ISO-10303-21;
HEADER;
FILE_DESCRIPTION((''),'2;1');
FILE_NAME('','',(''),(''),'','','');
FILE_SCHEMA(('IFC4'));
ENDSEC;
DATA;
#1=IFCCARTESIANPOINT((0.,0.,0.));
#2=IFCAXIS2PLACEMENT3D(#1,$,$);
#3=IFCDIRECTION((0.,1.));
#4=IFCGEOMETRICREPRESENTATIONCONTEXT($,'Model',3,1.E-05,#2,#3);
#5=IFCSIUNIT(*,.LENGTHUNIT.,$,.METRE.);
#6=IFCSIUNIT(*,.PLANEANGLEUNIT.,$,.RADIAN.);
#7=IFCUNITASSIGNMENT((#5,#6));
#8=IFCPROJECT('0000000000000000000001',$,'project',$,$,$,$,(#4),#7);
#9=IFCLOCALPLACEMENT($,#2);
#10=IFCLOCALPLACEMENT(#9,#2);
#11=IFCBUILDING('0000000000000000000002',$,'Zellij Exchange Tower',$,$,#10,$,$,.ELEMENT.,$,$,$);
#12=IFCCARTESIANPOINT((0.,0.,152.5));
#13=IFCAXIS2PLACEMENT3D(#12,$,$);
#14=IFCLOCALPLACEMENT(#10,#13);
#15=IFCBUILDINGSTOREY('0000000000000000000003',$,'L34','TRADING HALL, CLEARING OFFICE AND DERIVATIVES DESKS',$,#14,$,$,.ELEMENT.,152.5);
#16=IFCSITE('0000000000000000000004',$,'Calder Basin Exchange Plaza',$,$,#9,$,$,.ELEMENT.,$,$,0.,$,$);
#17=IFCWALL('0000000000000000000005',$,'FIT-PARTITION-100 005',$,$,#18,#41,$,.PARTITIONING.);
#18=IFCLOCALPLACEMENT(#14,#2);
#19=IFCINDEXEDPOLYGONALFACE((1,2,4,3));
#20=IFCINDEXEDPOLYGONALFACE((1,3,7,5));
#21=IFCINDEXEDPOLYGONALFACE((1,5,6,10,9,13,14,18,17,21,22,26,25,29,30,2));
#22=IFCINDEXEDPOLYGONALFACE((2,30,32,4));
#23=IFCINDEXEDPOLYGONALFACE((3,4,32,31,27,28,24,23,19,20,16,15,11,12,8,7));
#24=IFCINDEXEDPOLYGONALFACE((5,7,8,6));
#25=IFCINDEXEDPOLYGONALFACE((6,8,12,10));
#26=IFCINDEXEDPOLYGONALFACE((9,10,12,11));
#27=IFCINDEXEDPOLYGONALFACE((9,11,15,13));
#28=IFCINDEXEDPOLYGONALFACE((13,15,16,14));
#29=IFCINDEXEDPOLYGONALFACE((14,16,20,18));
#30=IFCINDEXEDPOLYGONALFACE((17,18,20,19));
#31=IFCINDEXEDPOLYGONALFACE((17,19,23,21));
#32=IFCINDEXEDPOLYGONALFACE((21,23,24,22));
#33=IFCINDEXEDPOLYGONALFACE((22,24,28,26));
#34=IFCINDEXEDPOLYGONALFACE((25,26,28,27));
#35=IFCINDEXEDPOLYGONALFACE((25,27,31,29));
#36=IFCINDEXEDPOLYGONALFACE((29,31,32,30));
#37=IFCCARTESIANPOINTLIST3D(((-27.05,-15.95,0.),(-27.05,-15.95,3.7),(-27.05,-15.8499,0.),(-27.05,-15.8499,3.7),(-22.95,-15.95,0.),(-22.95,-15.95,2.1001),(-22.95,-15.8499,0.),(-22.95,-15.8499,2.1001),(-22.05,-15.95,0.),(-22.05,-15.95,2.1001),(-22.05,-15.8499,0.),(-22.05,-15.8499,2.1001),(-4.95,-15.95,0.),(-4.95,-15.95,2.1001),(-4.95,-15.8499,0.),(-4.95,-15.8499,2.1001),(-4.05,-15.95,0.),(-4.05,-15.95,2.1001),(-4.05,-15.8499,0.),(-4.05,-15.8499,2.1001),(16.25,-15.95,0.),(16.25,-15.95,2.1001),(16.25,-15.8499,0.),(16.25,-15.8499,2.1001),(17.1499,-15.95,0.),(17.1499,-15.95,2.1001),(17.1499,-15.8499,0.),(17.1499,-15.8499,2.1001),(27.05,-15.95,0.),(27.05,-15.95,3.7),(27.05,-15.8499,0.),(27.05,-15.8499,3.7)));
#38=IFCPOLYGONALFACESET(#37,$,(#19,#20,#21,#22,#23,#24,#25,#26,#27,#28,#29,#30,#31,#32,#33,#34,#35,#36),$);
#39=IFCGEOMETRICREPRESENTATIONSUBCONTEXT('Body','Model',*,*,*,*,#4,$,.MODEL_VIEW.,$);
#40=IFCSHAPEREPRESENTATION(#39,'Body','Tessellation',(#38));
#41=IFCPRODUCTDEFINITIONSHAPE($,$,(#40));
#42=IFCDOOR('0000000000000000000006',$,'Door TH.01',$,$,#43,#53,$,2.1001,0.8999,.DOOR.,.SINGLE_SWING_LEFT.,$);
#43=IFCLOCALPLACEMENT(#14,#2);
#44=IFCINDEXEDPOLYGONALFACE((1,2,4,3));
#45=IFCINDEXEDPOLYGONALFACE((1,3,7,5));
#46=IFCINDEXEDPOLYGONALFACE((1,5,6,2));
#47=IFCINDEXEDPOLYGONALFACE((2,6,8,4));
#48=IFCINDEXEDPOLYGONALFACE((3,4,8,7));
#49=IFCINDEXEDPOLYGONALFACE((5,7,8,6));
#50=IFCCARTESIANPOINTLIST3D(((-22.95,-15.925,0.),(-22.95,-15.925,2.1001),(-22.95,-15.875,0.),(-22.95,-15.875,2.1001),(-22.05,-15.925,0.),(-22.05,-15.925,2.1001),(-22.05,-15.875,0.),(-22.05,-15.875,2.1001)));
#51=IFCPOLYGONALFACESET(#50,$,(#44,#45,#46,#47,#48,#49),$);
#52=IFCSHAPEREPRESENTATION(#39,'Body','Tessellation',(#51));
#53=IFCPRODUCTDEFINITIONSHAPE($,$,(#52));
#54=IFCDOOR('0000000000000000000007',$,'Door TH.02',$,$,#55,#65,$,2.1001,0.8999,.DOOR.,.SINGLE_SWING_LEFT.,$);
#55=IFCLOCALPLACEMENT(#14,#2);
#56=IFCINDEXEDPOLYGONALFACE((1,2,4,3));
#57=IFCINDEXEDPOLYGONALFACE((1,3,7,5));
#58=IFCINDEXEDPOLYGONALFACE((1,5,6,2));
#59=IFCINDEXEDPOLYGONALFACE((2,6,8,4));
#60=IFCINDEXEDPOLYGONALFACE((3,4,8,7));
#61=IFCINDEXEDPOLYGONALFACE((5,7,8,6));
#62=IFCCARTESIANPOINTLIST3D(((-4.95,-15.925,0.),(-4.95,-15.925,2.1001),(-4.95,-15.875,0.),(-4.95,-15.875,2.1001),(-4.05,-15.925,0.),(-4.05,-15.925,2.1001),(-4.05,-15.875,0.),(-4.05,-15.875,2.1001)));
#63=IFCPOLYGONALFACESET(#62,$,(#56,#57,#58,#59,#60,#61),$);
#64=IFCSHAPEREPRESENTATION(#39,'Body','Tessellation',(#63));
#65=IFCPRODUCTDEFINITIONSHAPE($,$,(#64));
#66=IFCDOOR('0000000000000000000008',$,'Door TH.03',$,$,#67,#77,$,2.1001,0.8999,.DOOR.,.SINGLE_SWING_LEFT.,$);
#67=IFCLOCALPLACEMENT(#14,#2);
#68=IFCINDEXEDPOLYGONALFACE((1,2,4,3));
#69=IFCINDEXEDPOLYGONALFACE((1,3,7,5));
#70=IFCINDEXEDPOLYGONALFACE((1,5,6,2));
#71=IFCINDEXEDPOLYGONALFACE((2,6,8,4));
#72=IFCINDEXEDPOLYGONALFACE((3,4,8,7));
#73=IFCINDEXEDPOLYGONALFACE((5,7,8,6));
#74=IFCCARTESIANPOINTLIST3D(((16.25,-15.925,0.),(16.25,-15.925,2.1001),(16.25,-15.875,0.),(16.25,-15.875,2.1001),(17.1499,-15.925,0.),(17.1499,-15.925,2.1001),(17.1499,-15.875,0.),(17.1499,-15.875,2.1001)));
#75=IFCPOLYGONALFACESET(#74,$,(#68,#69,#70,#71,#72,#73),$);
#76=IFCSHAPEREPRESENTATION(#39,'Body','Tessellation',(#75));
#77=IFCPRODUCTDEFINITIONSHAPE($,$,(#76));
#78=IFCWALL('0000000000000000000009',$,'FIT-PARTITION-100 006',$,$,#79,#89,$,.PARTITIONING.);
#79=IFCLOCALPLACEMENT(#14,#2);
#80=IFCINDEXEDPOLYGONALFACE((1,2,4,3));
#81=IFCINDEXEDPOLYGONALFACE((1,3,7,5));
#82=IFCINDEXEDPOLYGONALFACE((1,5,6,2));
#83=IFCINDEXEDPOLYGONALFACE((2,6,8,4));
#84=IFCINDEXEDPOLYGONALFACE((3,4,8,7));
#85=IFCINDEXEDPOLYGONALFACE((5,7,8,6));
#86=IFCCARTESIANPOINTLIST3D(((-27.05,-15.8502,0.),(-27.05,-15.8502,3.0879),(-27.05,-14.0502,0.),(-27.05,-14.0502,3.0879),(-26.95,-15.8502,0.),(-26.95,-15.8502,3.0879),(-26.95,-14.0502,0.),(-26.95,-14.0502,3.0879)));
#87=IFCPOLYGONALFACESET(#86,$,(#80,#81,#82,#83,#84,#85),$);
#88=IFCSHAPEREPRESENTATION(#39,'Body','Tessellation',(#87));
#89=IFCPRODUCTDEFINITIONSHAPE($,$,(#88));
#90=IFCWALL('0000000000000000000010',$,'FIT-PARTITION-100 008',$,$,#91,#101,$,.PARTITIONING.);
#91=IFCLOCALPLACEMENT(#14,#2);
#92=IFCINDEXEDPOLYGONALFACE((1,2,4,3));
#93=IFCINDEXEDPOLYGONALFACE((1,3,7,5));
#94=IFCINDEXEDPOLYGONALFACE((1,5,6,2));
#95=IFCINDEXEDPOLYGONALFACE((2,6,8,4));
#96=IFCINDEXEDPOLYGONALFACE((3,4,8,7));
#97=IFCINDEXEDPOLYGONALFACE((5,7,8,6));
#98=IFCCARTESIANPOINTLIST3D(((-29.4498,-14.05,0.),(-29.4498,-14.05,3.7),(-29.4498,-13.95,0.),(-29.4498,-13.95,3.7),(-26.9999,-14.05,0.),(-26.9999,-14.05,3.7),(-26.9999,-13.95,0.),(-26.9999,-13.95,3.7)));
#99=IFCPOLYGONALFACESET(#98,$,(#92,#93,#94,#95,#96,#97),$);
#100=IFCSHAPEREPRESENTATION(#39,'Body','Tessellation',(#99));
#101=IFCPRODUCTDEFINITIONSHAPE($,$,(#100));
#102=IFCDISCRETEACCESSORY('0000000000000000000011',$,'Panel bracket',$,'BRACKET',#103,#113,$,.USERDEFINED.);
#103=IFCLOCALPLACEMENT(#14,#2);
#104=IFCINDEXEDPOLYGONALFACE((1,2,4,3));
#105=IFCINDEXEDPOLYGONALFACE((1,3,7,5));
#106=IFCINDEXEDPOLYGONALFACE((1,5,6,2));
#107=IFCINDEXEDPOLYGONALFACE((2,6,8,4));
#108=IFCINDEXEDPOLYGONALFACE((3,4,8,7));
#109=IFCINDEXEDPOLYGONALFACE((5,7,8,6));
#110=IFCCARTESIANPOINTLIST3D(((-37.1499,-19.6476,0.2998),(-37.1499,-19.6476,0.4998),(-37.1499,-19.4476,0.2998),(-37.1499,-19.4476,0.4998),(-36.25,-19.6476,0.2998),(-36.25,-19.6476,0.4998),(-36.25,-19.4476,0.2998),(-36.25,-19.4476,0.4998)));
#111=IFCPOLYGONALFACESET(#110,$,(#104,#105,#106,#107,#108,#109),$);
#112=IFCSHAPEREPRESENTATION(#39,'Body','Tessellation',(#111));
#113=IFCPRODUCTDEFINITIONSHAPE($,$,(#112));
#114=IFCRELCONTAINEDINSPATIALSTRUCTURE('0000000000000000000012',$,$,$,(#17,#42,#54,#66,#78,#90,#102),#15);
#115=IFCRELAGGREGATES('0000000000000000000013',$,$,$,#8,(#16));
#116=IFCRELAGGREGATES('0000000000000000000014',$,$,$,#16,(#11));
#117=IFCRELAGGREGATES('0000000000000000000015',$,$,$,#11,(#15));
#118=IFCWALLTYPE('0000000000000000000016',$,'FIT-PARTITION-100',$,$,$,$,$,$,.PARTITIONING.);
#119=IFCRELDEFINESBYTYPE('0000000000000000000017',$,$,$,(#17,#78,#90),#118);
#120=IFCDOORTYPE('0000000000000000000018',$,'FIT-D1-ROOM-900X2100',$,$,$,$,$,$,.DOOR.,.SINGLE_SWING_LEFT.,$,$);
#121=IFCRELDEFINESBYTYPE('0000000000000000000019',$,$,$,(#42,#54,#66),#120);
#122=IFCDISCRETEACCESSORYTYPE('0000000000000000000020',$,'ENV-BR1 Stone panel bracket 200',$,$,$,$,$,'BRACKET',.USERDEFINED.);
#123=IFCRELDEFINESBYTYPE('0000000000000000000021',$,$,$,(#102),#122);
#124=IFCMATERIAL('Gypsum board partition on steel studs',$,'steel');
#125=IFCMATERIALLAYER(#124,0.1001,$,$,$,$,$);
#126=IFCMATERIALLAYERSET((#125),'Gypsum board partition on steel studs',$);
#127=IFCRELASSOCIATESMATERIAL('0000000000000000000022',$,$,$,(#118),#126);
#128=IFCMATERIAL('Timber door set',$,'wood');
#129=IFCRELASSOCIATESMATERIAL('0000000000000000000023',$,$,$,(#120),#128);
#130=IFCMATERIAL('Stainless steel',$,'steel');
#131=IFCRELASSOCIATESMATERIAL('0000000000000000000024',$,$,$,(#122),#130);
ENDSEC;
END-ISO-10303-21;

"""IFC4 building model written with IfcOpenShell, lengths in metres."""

from ifc_helpers import new_model, si_unit, direction, frame, frame_2d, origin, origin_2d, place, context, subcontext, project, spatial, rectangle, extrude, material, layer, layer_set, type_object, element, fill, save


model = new_model("IFC4")

# Units and contexts
model_context = context("Model", 3, precision=1e-05, world=origin(), true_north=direction((0.0, 1.0)))
body_context = subcontext(model_context, "Body", "Model", "MODEL_VIEW")
ifc_project = project(units=[si_unit("LENGTHUNIT", "METRE"), si_unit("PLANEANGLEUNIT", "RADIAN")], contexts=[model_context])

# Site, building, storey
site_placement = place(None, origin())
site = spatial("IfcSite", under=ifc_project, at=site_placement, Name="Calder Basin Exchange Plaza", CompositionType="ELEMENT", RefElevation=0.0)
building_placement = place(site_placement, origin())
building = spatial("IfcBuilding", under=site, at=building_placement, Name="Zellij Exchange Tower", CompositionType="ELEMENT")
storey_placement = place(building_placement, frame((0.0, 0.0, 152.5)))
storey = spatial("IfcBuildingStorey", under=building, at=storey_placement, Name="L34", Description="TRADING HALL, CLEARING OFFICE AND DERIVATIVES DESKS", CompositionType="ELEMENT", Elevation=152.5)

# Wall, openings, doors
ifc_material_1 = material(Name="Gypsum board partition on steel studs", Category="steel")
ifc_layer_1 = layer(ifc_material_1, 0.1001)
ifc_layer_set_1 = layer_set([ifc_layer_1], Name="Gypsum board partition on steel studs")
wall_type_1 = type_object("IfcWallType", Name="FIT-PARTITION-100", PredefinedType="PARTITIONING", material=ifc_layer_set_1)
wall_1_placement = place(storey_placement, frame((-27.05, -15.8999, 0.0), z_axis=(0.0, 0.0, 1.0), x_axis=(1.0, 0.0, 0.0)))
wall_1 = element("IfcWall", 1, at=wall_1_placement, inside=storey, type_object=wall_type_1, Name="FIT-PARTITION-100 005", PredefinedType="PARTITIONING", context=body_context, shape_type="SweptSolid", body=[
    extrude(rectangle(XDim=54.1001, YDim=0.1001, at=frame_2d((27.05, 0.0))), origin(), (0.0, 0.0, 1.0), 3.7),
])
opening_1_placement = place(wall_1_placement, frame((4.1001, 0.0, 0.0)))
opening_1 = element("IfcOpeningElement", 2, at=opening_1_placement, cuts=wall_1, PredefinedType="OPENING", context=body_context, shape_type="SweptSolid", body=[
    extrude(rectangle(XDim=0.8999, YDim=2.1001, at=frame_2d((0.45, 1.05))), frame((0.0, 0.062, 0.0), z_axis=(0.0, -1.0, 0.0), x_axis=(1.0, 0.0, 0.0)), (0.0, 0.0, 1.0), 0.124),
])
opening_2_placement = place(wall_1_placement, frame((22.1001, 0.0, 0.0)))
opening_2 = element("IfcOpeningElement", 3, at=opening_2_placement, cuts=wall_1, PredefinedType="OPENING", context=body_context, shape_type="SweptSolid", body=[
    extrude(rectangle(XDim=0.8999, YDim=2.1001, at=frame_2d((0.45, 1.05))), frame((0.0, 0.062, 0.0), z_axis=(0.0, -1.0, 0.0), x_axis=(1.0, 0.0, 0.0)), (0.0, 0.0, 1.0), 0.124),
])
opening_3_placement = place(wall_1_placement, frame((43.3, 0.0, 0.0)))
opening_3 = element("IfcOpeningElement", 4, at=opening_3_placement, cuts=wall_1, PredefinedType="OPENING", context=body_context, shape_type="SweptSolid", body=[
    extrude(rectangle(XDim=0.8999, YDim=2.1001, at=frame_2d((0.45, 1.05))), frame((0.0, 0.062, 0.0), z_axis=(0.0, -1.0, 0.0), x_axis=(1.0, 0.0, 0.0)), (0.0, 0.0, 1.0), 0.124),
])
ifc_material_2 = material(Name="Timber door set", Category="wood")
door_type = type_object("IfcDoorType", Name="FIT-D1-ROOM-900X2100", OperationType="SINGLE_SWING_LEFT", PredefinedType="DOOR", material=ifc_material_2)
door_1_placement = place(opening_1_placement, origin())
door_1 = element("IfcDoor", 5, at=door_1_placement, inside=storey, type_object=door_type, Name="Door TH.01", OperationType="SINGLE_SWING_LEFT", OverallHeight=2.1001, OverallWidth=0.8999, PredefinedType="DOOR", context=body_context, shape_type="SweptSolid", body=[
    extrude(rectangle(XDim=0.8999, YDim=2.1001, at=frame_2d((0.45, 1.05))), frame((0.0, 0.0249, 0.0), z_axis=(0.0, -1.0, 0.0), x_axis=(1.0, 0.0, 0.0)), (0.0, 0.0, 1.0), 0.05),
])
fill(opening_1, door_1)
door_2_placement = place(opening_2_placement, origin())
door_2 = element("IfcDoor", 6, at=door_2_placement, inside=storey, type_object=door_type, Name="Door TH.02", OperationType="SINGLE_SWING_LEFT", OverallHeight=2.1001, OverallWidth=0.8999, PredefinedType="DOOR", context=body_context, shape_type="SweptSolid", body=[
    extrude(rectangle(XDim=0.8999, YDim=2.1001, at=frame_2d((0.45, 1.05))), frame((0.0, 0.0249, 0.0), z_axis=(0.0, -1.0, 0.0), x_axis=(1.0, 0.0, 0.0)), (0.0, 0.0, 1.0), 0.05),
])
fill(opening_2, door_2)
door_3_placement = place(opening_3_placement, origin())
door_3 = element("IfcDoor", 7, at=door_3_placement, inside=storey, type_object=door_type, Name="Door TH.03", OperationType="SINGLE_SWING_LEFT", OverallHeight=2.1001, OverallWidth=0.8999, PredefinedType="DOOR", context=body_context, shape_type="SweptSolid", body=[
    extrude(rectangle(XDim=0.8999, YDim=2.1001, at=frame_2d((0.45, 1.05))), frame((0.0, 0.0249, 0.0), z_axis=(0.0, -1.0, 0.0), x_axis=(1.0, 0.0, 0.0)), (0.0, 0.0, 1.0), 0.05),
])
fill(opening_3, door_3)

# Walls
wall_2_placement = place(storey_placement, frame((-27.0, -15.8501, 0.0), z_axis=(0.0, 0.0, 1.0), x_axis=(0.0, 1.0, 0.0)))
element("IfcWall", 8, at=wall_2_placement, inside=storey, type_object=wall_type_1, Name="FIT-PARTITION-100 006", PredefinedType="PARTITIONING", context=body_context, shape_type="SweptSolid", body=[
    extrude(rectangle(XDim=1.8, YDim=0.1001, at=frame_2d((0.8999, 0.0))), origin(), (0.0, 0.0, 1.0), 3.0879),
])
wall_3_placement = place(storey_placement, frame((-29.45, -14.0, 0.0), z_axis=(0.0, 0.0, 1.0), x_axis=(1.0, 0.0, 0.0)))
element("IfcWall", 9, at=wall_3_placement, inside=storey, type_object=wall_type_1, Name="FIT-PARTITION-100 008", PredefinedType="PARTITIONING", context=body_context, shape_type="SweptSolid", body=[
    extrude(rectangle(XDim=2.45, YDim=0.1001, at=frame_2d((1.2251, 0.0))), origin(), (0.0, 0.0, 1.0), 3.7),
])

# Discrete accessory
ifc_material_3 = material(Name="Stainless steel", Category="steel")
discrete_accessory_type = type_object("IfcDiscreteAccessoryType", Name="ENV-BR1 Stone panel bracket 200", ElementType="BRACKET", PredefinedType="USERDEFINED", material=ifc_material_3)
discrete_accessory_placement = place(storey_placement, frame((-36.7, -19.5476, 0.2998), z_axis=(0.0, 0.0, 1.0), x_axis=(0.0, -1.0, 0.0)))
element("IfcDiscreteAccessory", 10, at=discrete_accessory_placement, inside=storey, type_object=discrete_accessory_type, Name="Panel bracket", ObjectType="BRACKET", PredefinedType="USERDEFINED", context=body_context, shape_type="SweptSolid", body=[
    extrude(rectangle(XDim=0.2, YDim=0.8999, at=origin_2d()), origin(), (0.0, 0.0, 1.0), 0.2),
])

save(model, "model.ifc")
